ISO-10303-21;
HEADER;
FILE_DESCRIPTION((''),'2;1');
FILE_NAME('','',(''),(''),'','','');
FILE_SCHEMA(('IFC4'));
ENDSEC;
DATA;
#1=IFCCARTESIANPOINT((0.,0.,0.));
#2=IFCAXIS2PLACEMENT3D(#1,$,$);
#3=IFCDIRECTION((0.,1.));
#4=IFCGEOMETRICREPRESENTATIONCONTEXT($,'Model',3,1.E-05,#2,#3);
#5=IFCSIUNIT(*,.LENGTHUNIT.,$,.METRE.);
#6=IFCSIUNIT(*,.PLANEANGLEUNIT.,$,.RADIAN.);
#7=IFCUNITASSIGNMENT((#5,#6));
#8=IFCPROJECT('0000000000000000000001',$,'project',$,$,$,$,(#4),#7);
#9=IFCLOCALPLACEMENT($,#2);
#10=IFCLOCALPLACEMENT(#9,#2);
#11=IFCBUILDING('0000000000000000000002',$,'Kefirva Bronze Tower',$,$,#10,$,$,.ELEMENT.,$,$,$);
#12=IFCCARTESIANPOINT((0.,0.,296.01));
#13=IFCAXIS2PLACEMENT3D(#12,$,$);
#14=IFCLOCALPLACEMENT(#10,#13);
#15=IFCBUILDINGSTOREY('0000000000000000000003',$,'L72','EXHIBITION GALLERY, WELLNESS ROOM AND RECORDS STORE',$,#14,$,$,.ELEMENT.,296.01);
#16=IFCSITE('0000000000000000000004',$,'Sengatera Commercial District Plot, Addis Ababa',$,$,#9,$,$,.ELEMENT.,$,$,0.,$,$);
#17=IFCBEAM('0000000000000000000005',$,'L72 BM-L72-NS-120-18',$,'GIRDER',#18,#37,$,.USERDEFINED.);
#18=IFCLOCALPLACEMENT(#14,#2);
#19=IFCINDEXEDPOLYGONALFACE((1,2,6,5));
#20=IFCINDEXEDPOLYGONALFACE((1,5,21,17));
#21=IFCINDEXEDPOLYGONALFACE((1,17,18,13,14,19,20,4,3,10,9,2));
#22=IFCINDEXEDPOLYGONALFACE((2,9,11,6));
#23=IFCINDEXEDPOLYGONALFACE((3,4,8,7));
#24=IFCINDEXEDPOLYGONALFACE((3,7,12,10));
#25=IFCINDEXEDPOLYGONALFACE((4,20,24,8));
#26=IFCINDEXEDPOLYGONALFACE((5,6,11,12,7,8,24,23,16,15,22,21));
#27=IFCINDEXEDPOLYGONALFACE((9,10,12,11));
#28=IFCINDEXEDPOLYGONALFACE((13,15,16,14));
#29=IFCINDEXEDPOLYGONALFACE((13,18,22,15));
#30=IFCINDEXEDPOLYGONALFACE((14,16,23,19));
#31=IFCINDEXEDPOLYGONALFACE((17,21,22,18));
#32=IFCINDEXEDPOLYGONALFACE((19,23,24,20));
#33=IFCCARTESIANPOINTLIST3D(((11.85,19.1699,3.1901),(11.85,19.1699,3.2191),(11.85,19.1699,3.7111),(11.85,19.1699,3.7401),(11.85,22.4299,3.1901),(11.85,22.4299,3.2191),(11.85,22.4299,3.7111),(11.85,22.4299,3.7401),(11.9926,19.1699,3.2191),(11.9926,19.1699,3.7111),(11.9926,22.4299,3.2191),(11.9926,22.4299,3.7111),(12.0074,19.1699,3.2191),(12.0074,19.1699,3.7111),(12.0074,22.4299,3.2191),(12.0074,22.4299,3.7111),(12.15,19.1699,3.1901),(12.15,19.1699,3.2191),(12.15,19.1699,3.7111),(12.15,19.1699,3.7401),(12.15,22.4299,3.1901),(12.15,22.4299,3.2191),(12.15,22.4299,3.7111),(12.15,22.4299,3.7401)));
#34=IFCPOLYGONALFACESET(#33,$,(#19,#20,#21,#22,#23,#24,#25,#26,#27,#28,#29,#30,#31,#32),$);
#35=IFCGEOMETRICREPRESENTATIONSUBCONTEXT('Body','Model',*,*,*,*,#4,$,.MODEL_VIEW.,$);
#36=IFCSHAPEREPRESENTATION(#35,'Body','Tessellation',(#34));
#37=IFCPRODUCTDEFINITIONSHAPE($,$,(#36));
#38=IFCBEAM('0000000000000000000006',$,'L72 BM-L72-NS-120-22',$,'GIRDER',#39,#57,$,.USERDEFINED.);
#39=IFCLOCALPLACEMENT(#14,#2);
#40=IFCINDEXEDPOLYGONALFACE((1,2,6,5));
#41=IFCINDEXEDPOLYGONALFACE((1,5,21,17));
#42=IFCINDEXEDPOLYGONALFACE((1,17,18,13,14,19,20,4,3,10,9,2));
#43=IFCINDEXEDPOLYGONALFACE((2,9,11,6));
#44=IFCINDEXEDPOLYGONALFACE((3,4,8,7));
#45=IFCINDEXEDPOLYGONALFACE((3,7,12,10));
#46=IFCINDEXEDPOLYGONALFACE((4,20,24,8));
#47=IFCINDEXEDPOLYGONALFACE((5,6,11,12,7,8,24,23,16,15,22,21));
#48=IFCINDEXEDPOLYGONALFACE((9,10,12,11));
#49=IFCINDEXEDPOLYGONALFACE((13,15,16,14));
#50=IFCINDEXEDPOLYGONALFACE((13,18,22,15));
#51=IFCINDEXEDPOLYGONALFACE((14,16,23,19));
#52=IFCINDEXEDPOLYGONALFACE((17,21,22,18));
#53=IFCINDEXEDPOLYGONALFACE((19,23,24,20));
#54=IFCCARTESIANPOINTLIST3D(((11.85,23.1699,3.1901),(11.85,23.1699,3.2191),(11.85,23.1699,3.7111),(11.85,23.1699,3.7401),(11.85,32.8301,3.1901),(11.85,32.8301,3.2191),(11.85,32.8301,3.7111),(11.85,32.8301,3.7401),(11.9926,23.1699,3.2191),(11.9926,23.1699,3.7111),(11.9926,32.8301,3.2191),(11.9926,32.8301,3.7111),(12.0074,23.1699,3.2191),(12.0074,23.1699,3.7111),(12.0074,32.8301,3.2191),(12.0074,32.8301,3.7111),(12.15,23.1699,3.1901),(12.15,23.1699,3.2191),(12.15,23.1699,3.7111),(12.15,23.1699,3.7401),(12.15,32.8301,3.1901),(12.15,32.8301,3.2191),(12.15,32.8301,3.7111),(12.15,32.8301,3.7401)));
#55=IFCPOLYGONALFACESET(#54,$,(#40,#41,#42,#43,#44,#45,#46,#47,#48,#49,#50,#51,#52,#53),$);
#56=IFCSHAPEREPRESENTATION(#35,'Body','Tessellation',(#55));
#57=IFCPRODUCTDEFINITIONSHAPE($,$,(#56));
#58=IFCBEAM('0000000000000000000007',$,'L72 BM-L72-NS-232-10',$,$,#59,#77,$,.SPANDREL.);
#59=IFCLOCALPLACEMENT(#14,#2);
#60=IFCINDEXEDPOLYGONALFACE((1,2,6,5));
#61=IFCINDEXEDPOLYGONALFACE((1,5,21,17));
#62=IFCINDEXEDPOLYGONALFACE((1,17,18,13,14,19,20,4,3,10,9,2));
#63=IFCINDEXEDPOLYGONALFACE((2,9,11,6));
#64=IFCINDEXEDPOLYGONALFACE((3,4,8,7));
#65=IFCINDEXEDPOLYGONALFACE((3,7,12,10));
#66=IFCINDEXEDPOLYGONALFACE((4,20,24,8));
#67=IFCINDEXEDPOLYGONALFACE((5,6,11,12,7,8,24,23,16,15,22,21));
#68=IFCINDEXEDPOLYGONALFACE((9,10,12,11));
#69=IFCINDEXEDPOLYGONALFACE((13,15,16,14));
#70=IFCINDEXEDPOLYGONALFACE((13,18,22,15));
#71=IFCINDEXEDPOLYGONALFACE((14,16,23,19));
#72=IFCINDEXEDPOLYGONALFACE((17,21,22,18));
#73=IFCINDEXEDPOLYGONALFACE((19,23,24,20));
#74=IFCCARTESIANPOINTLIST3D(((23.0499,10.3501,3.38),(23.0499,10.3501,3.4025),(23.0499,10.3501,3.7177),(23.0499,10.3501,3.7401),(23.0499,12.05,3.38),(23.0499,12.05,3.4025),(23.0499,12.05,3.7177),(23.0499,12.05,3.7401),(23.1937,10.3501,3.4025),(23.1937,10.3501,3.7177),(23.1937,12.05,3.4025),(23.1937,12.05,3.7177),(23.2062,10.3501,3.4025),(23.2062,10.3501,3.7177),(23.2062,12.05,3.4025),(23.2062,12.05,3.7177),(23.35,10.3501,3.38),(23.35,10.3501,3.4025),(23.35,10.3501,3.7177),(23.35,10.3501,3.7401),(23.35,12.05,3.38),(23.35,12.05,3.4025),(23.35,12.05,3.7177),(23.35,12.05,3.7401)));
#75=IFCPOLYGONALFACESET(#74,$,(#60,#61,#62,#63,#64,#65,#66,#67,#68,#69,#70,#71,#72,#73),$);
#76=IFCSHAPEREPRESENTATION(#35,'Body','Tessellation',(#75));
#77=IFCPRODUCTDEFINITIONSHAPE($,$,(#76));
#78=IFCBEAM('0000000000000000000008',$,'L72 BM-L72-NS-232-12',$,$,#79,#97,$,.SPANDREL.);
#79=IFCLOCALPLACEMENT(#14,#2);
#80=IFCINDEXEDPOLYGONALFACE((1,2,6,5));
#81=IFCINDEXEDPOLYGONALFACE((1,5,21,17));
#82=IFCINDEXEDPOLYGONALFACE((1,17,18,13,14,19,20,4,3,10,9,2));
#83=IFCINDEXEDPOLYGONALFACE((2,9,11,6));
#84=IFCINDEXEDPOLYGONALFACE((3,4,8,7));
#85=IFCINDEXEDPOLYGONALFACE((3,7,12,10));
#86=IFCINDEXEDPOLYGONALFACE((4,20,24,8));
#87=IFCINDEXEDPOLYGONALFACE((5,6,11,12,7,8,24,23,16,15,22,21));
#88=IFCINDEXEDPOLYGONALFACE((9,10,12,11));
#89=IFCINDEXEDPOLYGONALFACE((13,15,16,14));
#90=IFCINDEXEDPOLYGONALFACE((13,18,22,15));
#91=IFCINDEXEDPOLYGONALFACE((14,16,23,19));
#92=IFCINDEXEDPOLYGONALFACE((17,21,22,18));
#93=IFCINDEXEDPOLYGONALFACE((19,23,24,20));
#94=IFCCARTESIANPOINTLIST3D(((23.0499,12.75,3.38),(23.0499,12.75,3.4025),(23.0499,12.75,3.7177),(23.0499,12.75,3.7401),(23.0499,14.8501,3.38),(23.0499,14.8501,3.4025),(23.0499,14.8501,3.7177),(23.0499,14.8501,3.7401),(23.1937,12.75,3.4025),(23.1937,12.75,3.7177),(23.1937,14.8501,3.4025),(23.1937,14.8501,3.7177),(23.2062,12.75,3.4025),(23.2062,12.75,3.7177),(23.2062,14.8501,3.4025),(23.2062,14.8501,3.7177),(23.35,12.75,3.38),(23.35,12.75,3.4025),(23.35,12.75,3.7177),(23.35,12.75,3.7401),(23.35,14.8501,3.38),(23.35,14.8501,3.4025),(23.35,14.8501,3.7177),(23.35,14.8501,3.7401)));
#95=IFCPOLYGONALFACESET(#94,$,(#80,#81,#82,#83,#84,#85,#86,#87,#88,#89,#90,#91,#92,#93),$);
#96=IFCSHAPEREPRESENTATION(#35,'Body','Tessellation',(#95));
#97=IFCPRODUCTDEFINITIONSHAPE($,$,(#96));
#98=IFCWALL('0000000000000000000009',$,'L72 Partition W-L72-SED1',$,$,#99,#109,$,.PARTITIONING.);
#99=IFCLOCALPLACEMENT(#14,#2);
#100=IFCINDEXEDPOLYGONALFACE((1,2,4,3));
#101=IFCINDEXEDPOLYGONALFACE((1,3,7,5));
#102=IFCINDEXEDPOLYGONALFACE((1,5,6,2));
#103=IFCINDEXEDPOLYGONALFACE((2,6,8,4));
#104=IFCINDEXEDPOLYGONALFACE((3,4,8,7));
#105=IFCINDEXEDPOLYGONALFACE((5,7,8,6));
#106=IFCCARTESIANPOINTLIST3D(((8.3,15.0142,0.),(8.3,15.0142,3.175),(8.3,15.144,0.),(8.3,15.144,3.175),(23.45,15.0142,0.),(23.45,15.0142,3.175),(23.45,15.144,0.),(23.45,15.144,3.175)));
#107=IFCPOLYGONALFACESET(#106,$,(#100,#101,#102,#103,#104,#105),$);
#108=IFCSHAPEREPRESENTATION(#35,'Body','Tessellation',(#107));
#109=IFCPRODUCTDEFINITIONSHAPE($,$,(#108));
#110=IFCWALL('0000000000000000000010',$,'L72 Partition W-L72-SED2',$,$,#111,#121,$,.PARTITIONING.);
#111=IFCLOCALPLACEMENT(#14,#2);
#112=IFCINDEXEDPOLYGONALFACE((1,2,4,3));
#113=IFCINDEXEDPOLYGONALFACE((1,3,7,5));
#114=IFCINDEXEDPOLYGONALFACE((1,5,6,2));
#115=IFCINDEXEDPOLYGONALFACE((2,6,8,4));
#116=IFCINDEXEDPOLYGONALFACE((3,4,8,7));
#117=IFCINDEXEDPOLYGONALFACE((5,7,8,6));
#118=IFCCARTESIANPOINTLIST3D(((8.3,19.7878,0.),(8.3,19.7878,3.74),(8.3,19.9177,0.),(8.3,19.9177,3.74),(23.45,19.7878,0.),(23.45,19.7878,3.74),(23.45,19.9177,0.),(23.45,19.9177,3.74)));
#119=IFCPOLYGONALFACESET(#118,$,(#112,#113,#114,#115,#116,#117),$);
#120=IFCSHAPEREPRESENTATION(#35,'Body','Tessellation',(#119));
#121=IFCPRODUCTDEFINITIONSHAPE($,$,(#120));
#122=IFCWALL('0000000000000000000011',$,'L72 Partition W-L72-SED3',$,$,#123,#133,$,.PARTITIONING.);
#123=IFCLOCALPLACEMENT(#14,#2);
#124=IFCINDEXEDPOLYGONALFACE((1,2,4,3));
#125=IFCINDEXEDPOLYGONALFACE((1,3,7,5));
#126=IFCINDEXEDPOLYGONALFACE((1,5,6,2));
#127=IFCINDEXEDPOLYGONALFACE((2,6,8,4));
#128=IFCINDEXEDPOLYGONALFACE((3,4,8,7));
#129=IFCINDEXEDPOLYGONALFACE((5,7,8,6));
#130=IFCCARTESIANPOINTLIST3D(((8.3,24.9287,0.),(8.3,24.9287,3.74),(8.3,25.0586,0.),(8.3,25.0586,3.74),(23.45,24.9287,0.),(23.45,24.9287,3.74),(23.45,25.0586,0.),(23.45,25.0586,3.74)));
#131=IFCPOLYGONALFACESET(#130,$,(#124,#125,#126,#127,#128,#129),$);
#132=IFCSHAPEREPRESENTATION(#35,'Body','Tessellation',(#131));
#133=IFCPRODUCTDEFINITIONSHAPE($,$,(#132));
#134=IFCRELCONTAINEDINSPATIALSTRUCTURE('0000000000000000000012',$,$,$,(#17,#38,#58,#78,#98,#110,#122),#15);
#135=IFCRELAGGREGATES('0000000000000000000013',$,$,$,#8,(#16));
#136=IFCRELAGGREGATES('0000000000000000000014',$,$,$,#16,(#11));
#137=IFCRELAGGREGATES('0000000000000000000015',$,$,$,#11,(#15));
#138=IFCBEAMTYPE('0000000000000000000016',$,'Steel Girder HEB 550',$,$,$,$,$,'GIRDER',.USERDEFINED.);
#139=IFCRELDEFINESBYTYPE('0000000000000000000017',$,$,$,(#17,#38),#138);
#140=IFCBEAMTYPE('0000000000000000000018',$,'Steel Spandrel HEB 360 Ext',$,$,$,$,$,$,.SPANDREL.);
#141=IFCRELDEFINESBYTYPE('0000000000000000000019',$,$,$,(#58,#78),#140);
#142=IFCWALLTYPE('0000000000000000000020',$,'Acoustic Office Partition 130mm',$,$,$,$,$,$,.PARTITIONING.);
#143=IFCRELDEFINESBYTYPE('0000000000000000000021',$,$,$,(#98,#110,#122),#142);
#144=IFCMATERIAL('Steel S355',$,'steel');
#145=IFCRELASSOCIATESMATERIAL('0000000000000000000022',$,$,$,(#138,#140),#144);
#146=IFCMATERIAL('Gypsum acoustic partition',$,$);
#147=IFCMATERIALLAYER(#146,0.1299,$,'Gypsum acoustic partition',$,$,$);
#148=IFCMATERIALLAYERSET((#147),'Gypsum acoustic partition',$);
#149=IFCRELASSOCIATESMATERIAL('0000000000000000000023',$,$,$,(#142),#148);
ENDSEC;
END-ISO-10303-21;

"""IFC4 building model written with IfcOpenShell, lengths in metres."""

from ifc_helpers import new_model, si_unit, direction, frame, frame_2d, origin, origin_2d, place, context, subcontext, project, spatial, rectangle, i_section, extrude, material, layer, layer_set, material_profile, profile_set, type_object, element, save


model = new_model("IFC4")

# Units and contexts
model_context = context("Model", 3, precision=1e-05, world=origin(), true_north=direction((0.0, 1.0)))
body_context = subcontext(model_context, "Body", "Model", "MODEL_VIEW")
ifc_project = project(units=[si_unit("LENGTHUNIT", "METRE"), si_unit("PLANEANGLEUNIT", "RADIAN")], contexts=[model_context])

# Site, building, storey
site_placement = place(None, origin())
site = spatial("IfcSite", under=ifc_project, at=site_placement, Name="Sengatera Commercial District Plot, Addis Ababa", CompositionType="ELEMENT", RefElevation=0.0)
building_placement = place(site_placement, origin())
building = spatial("IfcBuilding", under=site, at=building_placement, Name="Kefirva Bronze Tower", CompositionType="ELEMENT")
storey_placement = place(building_placement, frame((0.0, 0.0, 296.01)))
storey = spatial("IfcBuildingStorey", under=building, at=storey_placement, Name="L72", Description="EXHIBITION GALLERY, WELLNESS ROOM AND RECORDS STORE", CompositionType="ELEMENT", Elevation=296.01)

# Beams
ifc_material_1 = material(Name="Steel S355", Category="steel")
ifc_material_profile_1 = material_profile(ifc_material_1, i_section(OverallWidth=0.3, OverallDepth=0.55, WebThickness=0.0149, FlangeThickness=0.0291, at=origin_2d()), Name="HEB 550")
ifc_profile_set_1 = profile_set([ifc_material_profile_1], Name="Steel S355")
beam_type_1 = type_object("IfcBeamType", Name="Steel Girder HEB 550", ElementType="GIRDER", PredefinedType="USERDEFINED", material=ifc_profile_set_1)
beam_1_placement = place(storey_placement, frame((12.0, 19.1699, 3.4651), z_axis=(0.0, 1.0, 0.0), x_axis=(-1.0, 0.0, 0.0)))
element("IfcBeam", 1, at=beam_1_placement, inside=storey, type_object=beam_type_1, Name="L72 BM-L72-NS-120-18", ObjectType="GIRDER", PredefinedType="USERDEFINED", context=body_context, shape_type="SweptSolid", body=[
    extrude(i_section(OverallWidth=0.3, OverallDepth=0.55, WebThickness=0.0149, FlangeThickness=0.0291, at=origin_2d()), origin(), (0.0, 0.0, 1.0), 3.26),
])
beam_2_placement = place(storey_placement, frame((12.0, 23.1699, 3.4651), z_axis=(0.0, 1.0, 0.0), x_axis=(-1.0, 0.0, 0.0)))
element("IfcBeam", 2, at=beam_2_placement, inside=storey, type_object=beam_type_1, Name="L72 BM-L72-NS-120-22", ObjectType="GIRDER", PredefinedType="USERDEFINED", context=body_context, shape_type="SweptSolid", body=[
    extrude(i_section(OverallWidth=0.3, OverallDepth=0.55, WebThickness=0.0149, FlangeThickness=0.0291, at=origin_2d()), origin(), (0.0, 0.0, 1.0), 9.6602),
])
ifc_material_profile_2 = material_profile(ifc_material_1, i_section(OverallWidth=0.3, OverallDepth=0.3601, WebThickness=0.0125, FlangeThickness=0.0225, at=origin_2d()), Name="HEB 360")
ifc_profile_set_2 = profile_set([ifc_material_profile_2], Name="Steel S355")
beam_type_2 = type_object("IfcBeamType", Name="Steel Spandrel HEB 360 Ext", PredefinedType="SPANDREL", material=ifc_profile_set_2)
beam_3_placement = place(storey_placement, frame((23.2, 10.3501, 3.5601), z_axis=(0.0, 1.0, 0.0), x_axis=(-1.0, 0.0, 0.0)))
element("IfcBeam", 3, at=beam_3_placement, inside=storey, type_object=beam_type_2, Name="L72 BM-L72-NS-232-10", PredefinedType="SPANDREL", context=body_context, shape_type="SweptSolid", body=[
    extrude(i_section(OverallWidth=0.3, OverallDepth=0.3601, WebThickness=0.0125, FlangeThickness=0.0225, at=origin_2d()), origin(), (0.0, 0.0, 1.0), 1.7),
])
beam_4_placement = place(storey_placement, frame((23.2, 12.75, 3.5601), z_axis=(0.0, 1.0, 0.0), x_axis=(-1.0, 0.0, 0.0)))
element("IfcBeam", 4, at=beam_4_placement, inside=storey, type_object=beam_type_2, Name="L72 BM-L72-NS-232-12", PredefinedType="SPANDREL", context=body_context, shape_type="SweptSolid", body=[
    extrude(i_section(OverallWidth=0.3, OverallDepth=0.3601, WebThickness=0.0125, FlangeThickness=0.0225, at=origin_2d()), origin(), (0.0, 0.0, 1.0), 2.1001),
])

# Walls
ifc_material_2 = material(Name="Gypsum acoustic partition")
ifc_layer_1 = layer(ifc_material_2, 0.1299, Name="Gypsum acoustic partition")
ifc_layer_set_1 = layer_set([ifc_layer_1], Name="Gypsum acoustic partition")
wall_type_1 = type_object("IfcWallType", Name="Acoustic Office Partition 130mm", PredefinedType="PARTITIONING", material=ifc_layer_set_1)
wall_1_placement = place(storey_placement, frame((8.3, 15.0791, 0.0), z_axis=(0.0, 0.0, 1.0), x_axis=(1.0, 0.0, 0.0)))
element("IfcWall", 5, at=wall_1_placement, inside=storey, type_object=wall_type_1, Name="L72 Partition W-L72-SED1", PredefinedType="PARTITIONING", context=body_context, shape_type="SweptSolid", body=[
    extrude(rectangle(XDim=15.1499, YDim=0.1299, at=frame_2d((7.575, 0.0))), origin(), (0.0, 0.0, 1.0), 3.175),
])
for number, where, z_axis, x_axis, name in (
    (6, (8.3, 19.8528, 0.0), (0.0, 0.0, 1.0), (1.0, 0.0, 0.0), "L72 Partition W-L72-SED2"),
    (7, (8.3, 24.9937, 0.0), (0.0, 0.0, 1.0), (1.0, 0.0, 0.0), "L72 Partition W-L72-SED3"),
):
    element("IfcWall", number, at=place(storey_placement, frame(where, z_axis=z_axis, x_axis=x_axis)), inside=storey, type_object=wall_type_1, Name=name, PredefinedType="PARTITIONING", context=body_context, shape_type="SweptSolid", body=[
        extrude(rectangle(XDim=15.1499, YDim=0.1299, at=frame_2d((7.575, 0.0))), origin(), (0.0, 0.0, 1.0), 3.74),
    ])

save(model, "model.ifc")
